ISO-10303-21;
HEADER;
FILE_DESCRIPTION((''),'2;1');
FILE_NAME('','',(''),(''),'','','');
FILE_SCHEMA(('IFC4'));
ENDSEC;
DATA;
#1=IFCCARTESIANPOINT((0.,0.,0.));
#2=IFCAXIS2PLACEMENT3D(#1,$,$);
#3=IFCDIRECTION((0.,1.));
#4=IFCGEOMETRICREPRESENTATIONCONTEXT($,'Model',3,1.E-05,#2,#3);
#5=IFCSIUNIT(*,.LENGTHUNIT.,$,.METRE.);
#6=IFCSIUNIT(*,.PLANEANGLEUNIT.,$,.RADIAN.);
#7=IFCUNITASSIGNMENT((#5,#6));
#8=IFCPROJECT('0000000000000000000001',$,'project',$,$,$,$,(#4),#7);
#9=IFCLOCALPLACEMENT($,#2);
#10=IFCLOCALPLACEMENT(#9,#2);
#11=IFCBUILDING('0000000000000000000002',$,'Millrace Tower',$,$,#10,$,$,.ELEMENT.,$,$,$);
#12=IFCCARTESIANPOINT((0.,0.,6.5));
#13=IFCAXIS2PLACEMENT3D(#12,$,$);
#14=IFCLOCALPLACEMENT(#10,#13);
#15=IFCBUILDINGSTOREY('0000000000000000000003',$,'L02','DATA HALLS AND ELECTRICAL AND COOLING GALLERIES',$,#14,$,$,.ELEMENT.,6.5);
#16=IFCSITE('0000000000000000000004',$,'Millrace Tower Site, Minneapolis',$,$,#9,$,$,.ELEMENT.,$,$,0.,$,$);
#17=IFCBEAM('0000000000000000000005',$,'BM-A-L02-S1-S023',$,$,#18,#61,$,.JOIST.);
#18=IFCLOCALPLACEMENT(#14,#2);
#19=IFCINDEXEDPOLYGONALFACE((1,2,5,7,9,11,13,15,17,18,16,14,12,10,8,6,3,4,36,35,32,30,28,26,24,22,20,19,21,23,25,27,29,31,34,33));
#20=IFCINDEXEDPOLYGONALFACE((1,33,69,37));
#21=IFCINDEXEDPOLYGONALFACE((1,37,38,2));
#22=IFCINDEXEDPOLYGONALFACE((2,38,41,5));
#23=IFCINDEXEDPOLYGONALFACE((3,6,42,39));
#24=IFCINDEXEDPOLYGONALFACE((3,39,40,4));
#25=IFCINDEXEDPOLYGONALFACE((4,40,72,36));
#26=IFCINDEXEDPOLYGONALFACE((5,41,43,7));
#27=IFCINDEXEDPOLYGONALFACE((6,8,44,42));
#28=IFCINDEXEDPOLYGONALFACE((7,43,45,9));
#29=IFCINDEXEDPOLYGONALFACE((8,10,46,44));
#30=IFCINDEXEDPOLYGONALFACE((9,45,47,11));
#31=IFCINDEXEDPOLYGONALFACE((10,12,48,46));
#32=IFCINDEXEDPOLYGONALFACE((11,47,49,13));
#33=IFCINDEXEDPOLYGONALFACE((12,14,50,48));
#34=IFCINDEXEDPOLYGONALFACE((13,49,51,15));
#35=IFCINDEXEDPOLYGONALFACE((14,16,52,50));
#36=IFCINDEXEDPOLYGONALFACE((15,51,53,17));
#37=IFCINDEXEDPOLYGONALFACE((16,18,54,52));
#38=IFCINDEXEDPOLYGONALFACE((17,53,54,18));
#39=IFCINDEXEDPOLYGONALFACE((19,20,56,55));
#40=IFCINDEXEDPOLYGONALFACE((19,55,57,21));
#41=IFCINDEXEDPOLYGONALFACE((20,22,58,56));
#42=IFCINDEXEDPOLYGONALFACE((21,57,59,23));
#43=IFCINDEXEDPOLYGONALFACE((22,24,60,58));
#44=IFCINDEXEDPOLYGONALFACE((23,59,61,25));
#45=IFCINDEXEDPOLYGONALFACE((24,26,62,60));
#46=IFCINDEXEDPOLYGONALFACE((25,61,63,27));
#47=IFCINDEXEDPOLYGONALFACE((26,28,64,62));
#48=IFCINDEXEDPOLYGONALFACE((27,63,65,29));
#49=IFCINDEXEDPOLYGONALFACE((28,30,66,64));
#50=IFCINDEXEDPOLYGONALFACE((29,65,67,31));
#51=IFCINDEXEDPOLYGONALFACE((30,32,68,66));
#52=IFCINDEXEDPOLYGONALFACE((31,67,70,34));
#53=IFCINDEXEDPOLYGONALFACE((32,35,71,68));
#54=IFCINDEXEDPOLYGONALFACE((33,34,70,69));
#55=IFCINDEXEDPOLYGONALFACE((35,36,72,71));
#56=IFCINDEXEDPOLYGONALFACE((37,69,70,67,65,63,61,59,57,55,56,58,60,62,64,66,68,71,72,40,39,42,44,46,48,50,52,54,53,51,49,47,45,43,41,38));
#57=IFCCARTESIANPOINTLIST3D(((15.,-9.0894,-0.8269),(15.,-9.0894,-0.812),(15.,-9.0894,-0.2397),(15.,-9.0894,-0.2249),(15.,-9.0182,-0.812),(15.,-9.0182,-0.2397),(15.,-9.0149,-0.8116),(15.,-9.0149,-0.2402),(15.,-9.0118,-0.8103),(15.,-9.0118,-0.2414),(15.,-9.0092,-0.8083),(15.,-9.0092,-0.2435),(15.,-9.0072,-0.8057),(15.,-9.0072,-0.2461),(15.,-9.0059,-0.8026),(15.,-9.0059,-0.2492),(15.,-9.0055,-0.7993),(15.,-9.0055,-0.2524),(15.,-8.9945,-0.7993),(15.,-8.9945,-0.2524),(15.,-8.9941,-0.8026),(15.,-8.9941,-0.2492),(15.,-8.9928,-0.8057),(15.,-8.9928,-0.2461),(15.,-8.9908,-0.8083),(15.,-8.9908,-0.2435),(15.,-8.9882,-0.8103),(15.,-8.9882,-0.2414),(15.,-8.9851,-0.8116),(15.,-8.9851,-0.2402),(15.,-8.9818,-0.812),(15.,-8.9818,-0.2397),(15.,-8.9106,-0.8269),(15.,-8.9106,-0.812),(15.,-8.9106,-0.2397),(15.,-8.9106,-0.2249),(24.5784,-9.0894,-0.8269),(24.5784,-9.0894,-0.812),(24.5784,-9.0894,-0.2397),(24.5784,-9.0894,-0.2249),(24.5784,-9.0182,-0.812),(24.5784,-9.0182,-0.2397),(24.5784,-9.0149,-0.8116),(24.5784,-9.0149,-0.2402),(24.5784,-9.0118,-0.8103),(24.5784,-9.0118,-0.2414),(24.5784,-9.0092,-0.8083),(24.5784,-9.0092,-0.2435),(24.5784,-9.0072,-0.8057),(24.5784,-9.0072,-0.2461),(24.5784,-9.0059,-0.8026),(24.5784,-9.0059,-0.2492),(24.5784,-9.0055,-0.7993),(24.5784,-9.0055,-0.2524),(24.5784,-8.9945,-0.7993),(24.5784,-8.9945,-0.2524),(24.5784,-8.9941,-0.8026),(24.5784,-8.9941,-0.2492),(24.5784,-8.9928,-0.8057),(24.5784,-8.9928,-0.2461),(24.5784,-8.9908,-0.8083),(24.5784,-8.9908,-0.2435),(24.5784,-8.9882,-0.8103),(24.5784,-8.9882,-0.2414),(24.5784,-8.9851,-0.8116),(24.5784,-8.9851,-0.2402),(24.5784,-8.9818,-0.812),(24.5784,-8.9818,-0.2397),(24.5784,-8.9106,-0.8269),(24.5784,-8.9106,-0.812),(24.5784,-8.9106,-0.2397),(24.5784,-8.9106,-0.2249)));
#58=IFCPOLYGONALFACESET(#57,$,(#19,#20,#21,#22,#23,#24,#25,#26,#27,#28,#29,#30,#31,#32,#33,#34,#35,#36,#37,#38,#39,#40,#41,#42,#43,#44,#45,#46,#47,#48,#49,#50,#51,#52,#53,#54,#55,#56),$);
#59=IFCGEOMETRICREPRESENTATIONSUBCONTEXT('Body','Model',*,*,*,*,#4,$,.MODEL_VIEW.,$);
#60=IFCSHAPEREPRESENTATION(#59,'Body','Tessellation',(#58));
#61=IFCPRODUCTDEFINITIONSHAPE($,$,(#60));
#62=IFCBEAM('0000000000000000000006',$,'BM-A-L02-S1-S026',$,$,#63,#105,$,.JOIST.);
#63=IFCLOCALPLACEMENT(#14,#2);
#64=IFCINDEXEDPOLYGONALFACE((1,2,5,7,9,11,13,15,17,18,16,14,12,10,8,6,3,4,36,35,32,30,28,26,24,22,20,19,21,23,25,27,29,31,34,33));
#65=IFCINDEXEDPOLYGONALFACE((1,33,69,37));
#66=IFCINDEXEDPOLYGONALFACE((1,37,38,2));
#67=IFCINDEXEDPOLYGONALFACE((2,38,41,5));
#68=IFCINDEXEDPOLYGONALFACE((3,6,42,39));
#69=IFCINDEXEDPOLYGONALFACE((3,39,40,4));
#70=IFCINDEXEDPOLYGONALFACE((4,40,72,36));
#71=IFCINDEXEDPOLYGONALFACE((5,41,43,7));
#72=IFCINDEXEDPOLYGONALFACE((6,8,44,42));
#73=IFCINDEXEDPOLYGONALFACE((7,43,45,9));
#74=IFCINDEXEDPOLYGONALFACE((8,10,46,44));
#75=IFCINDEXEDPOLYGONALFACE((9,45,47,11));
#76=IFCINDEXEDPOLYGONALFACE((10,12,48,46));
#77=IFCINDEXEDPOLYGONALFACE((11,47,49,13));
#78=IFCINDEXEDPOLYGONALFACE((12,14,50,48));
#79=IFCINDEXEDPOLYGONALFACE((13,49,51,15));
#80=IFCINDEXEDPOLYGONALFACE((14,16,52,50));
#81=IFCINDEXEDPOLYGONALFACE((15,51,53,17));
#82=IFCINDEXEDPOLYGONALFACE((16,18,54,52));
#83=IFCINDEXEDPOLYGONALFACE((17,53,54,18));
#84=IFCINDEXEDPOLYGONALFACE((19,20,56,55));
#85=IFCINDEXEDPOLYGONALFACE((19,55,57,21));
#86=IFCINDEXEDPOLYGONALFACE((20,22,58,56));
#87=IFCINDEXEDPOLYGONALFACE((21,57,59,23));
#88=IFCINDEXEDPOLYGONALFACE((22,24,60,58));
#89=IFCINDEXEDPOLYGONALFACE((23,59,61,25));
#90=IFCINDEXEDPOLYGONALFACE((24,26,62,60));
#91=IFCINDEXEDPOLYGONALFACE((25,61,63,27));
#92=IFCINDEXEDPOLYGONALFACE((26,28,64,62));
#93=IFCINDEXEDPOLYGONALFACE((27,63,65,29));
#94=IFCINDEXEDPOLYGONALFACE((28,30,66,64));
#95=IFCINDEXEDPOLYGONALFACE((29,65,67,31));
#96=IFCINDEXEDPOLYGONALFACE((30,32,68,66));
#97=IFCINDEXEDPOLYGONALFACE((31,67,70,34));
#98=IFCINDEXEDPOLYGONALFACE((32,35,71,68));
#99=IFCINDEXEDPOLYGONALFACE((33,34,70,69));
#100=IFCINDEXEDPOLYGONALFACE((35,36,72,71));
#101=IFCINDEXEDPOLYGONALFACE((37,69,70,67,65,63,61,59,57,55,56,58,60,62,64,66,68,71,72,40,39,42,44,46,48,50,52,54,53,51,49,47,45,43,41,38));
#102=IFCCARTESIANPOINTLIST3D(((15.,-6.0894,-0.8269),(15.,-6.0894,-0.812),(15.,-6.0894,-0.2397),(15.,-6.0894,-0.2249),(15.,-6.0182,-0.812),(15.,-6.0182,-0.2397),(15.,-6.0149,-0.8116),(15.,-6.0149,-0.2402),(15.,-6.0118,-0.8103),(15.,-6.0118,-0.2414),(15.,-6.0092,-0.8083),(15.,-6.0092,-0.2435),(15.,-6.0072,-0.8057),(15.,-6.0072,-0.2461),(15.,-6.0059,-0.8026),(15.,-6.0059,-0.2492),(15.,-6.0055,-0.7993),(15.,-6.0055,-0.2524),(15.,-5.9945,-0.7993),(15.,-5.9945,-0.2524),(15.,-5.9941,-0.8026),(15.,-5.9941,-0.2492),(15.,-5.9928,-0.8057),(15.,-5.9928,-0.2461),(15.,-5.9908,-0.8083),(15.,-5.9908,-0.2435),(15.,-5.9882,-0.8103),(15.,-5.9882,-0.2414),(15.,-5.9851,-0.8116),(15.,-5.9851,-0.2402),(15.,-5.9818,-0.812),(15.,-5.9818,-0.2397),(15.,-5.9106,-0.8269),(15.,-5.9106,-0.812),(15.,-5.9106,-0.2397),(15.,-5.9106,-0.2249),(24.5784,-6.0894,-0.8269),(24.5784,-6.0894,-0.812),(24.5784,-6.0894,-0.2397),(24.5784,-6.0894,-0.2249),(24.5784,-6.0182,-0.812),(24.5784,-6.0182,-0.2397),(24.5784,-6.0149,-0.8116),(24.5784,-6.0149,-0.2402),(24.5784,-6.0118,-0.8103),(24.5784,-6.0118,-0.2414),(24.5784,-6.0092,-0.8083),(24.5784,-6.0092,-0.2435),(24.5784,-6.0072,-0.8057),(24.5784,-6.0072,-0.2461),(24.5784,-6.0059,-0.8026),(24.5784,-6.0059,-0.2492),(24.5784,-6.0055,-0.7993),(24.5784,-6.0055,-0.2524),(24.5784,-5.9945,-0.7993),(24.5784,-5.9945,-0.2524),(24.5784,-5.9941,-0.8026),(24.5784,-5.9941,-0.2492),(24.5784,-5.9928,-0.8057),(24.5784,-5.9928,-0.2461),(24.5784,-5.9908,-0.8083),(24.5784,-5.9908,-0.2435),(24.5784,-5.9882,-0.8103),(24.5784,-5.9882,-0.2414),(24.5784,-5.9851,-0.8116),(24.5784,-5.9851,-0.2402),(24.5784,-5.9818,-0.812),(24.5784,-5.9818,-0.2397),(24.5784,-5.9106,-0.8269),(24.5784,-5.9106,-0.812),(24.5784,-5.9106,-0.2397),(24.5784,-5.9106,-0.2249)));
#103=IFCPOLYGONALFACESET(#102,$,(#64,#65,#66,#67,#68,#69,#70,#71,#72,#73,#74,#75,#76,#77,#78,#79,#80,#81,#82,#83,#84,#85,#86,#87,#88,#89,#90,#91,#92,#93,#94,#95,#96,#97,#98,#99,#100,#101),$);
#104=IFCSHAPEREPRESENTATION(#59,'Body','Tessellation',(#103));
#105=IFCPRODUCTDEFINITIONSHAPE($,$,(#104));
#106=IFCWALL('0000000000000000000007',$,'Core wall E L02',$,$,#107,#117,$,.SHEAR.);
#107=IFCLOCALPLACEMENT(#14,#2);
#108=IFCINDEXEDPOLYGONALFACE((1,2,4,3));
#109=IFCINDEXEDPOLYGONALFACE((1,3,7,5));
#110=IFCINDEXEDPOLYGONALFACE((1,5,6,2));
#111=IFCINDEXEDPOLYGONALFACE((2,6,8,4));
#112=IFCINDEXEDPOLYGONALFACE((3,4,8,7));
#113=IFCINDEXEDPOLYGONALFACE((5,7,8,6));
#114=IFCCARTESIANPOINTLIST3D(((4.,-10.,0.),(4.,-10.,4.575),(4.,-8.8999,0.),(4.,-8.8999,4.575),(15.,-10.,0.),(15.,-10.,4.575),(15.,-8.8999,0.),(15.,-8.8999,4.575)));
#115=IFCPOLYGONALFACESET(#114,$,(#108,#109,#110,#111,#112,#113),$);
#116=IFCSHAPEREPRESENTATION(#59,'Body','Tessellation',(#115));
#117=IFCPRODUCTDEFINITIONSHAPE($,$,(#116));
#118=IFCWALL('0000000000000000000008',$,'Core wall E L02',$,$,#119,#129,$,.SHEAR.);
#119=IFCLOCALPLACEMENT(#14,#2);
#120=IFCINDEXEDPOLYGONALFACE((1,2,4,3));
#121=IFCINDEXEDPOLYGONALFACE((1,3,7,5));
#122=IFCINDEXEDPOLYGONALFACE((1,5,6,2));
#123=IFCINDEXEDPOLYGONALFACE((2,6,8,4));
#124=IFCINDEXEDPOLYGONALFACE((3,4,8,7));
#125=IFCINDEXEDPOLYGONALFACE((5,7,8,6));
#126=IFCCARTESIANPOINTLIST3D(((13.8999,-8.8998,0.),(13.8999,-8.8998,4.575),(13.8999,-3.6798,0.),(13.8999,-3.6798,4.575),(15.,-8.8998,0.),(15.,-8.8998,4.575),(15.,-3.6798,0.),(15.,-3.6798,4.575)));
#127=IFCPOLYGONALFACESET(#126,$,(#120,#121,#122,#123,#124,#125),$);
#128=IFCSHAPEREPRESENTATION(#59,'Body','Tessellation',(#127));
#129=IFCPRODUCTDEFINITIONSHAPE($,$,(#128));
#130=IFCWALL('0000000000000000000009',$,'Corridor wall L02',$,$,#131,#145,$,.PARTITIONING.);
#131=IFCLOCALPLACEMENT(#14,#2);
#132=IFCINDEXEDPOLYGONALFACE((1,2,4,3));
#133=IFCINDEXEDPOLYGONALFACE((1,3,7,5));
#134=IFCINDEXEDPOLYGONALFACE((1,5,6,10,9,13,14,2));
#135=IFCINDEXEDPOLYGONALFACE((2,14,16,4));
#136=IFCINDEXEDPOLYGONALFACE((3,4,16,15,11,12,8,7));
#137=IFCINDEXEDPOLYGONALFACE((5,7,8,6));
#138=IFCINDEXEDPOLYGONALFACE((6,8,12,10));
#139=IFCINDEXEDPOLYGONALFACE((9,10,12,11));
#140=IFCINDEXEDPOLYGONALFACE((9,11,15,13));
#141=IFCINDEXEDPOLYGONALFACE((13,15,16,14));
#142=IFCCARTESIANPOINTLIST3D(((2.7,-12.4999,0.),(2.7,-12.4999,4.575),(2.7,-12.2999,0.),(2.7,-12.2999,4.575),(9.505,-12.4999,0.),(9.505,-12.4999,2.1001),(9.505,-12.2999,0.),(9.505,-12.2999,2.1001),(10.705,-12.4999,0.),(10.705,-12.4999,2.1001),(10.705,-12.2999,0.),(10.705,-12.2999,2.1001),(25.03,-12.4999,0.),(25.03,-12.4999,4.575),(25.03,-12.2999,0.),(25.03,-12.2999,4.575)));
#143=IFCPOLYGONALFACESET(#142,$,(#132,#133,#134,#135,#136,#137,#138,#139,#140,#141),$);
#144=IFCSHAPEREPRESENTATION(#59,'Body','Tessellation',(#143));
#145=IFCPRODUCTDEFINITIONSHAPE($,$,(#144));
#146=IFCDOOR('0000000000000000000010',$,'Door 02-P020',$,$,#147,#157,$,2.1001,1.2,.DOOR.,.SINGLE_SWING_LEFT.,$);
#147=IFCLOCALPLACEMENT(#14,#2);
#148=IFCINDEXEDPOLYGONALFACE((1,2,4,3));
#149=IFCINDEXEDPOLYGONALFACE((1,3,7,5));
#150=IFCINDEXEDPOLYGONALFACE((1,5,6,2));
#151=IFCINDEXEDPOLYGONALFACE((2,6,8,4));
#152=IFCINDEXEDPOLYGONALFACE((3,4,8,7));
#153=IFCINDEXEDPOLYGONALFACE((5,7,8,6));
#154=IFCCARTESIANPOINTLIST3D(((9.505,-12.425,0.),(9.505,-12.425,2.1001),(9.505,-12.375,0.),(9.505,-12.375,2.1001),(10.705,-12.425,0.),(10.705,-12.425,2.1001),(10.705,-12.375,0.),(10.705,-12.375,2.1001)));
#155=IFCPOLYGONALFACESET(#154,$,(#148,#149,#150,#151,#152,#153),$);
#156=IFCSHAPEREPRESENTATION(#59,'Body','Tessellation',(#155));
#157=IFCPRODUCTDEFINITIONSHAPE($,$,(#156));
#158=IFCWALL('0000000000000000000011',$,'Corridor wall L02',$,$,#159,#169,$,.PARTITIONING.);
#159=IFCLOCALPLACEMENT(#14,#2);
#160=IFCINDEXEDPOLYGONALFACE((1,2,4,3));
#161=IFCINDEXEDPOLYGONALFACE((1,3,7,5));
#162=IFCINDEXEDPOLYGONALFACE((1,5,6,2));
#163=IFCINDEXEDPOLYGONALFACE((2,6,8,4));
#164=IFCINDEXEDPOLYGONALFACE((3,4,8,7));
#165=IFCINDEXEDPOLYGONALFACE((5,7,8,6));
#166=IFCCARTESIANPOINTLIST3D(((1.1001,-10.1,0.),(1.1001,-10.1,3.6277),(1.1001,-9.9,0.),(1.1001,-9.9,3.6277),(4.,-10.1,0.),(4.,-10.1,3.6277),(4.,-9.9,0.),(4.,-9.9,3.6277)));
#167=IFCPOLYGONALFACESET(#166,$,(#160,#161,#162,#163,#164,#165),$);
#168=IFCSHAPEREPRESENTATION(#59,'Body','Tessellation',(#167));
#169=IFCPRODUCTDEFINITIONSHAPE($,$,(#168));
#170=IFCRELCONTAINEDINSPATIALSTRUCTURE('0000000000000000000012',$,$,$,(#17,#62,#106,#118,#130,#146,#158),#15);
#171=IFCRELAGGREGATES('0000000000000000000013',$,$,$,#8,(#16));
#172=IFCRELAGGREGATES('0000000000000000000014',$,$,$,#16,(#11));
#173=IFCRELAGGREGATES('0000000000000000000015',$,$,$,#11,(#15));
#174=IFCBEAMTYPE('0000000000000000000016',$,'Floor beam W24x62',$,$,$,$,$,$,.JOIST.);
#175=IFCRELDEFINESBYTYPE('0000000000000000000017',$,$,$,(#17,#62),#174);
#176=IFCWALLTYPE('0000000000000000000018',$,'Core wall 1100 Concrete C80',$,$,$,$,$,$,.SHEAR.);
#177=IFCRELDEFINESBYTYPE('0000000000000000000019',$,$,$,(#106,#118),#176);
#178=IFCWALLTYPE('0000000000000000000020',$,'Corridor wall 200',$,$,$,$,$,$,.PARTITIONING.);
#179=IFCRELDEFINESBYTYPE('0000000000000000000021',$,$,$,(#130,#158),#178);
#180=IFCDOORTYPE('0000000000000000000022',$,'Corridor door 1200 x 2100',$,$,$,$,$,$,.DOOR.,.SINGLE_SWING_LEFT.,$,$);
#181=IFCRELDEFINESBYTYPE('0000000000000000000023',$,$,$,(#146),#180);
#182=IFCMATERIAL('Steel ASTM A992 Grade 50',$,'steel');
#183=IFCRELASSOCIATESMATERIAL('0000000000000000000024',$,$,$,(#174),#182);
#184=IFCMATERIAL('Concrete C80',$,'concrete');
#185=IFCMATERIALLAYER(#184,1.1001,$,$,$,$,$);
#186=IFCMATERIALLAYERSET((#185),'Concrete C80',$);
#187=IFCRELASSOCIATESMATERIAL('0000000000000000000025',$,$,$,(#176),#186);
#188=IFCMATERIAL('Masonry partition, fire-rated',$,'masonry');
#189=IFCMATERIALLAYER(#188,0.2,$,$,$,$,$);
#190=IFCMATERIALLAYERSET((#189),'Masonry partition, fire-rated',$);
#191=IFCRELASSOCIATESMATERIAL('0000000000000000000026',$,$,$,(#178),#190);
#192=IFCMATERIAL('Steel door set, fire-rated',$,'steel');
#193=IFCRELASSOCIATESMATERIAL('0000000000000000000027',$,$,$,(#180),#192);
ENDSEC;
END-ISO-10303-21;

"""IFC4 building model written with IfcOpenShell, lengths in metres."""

from ifc_helpers import new_model, si_unit, direction, frame, frame_2d, origin, origin_2d, place, context, subcontext, project, spatial, rectangle, i_section, extrude, material, layer, layer_set, material_profile, profile_set, type_object, element, fill, save


model = new_model("IFC4")

# Units and contexts
model_context = context("Model", 3, precision=1e-05, world=origin(), true_north=direction((0.0, 1.0)))
body_context = subcontext(model_context, "Body", "Model", "MODEL_VIEW")
ifc_project = project(units=[si_unit("LENGTHUNIT", "METRE"), si_unit("PLANEANGLEUNIT", "RADIAN")], contexts=[model_context])

# Site, building, storey
site_placement = place(None, origin())
site = spatial("IfcSite", under=ifc_project, at=site_placement, Name="Millrace Tower Site, Minneapolis", CompositionType="ELEMENT", RefElevation=0.0)
building_placement = place(site_placement, origin())
building = spatial("IfcBuilding", under=site, at=building_placement, Name="Millrace Tower", CompositionType="ELEMENT")
storey_placement = place(building_placement, frame((0.0, 0.0, 6.5)))
storey = spatial("IfcBuildingStorey", under=building, at=storey_placement, Name="L02", Description="DATA HALLS AND ELECTRICAL AND COOLING GALLERIES", CompositionType="ELEMENT", Elevation=6.5)

# Beams
ifc_material_1 = material(Name="Steel ASTM A992 Grade 50", Category="steel")
ifc_material_profile_1 = material_profile(ifc_material_1, i_section(OverallWidth=0.1787, OverallDepth=0.6021, WebThickness=0.011, FlangeThickness=0.0149, FilletRadius=0.0127, at=origin_2d()))
ifc_profile_set_1 = profile_set([ifc_material_profile_1], Name="Steel ASTM A992 Grade 50")
beam_type_1 = type_object("IfcBeamType", Name="Floor beam W24x62", PredefinedType="JOIST", material=ifc_profile_set_1)
for number, where, z_axis, x_axis, name in (
    (1, (15.0, -9.0, -0.5259), (1.0, 0.0, 0.0), (0.0, 1.0, 0.0), "BM-A-L02-S1-S023"),
    (2, (15.0, -6.0, -0.5259), (1.0, 0.0, 0.0), (0.0, 1.0, 0.0), "BM-A-L02-S1-S026"),
):
    element("IfcBeam", number, at=place(storey_placement, frame(where, z_axis=z_axis, x_axis=x_axis)), inside=storey, type_object=beam_type_1, Name=name, PredefinedType="JOIST", context=body_context, shape_type="SweptSolid", body=[
        extrude(i_section(OverallWidth=0.1787, OverallDepth=0.6021, WebThickness=0.011, FlangeThickness=0.0149, FilletRadius=0.0127, at=origin_2d()), origin(), (0.0, 0.0, 1.0), 9.5784),
    ])

# Walls
ifc_material_2 = material(Name="Concrete C80", Category="concrete")
ifc_layer_1 = layer(ifc_material_2, 1.1001)
ifc_layer_set_1 = layer_set([ifc_layer_1], Name="Concrete C80")
wall_type_1 = type_object("IfcWallType", Name="Core wall 1100 Concrete C80", PredefinedType="SHEAR", material=ifc_layer_set_1)
wall_1_placement = place(storey_placement, frame((15.0, -9.45, 0.0), z_axis=(0.0, 0.0, 1.0), x_axis=(-1.0, 0.0, 0.0)))
element("IfcWall", 3, at=wall_1_placement, inside=storey, type_object=wall_type_1, Name="Core wall E L02", PredefinedType="SHEAR", context=body_context, shape_type="SweptSolid", body=[
    extrude(rectangle(XDim=11.0, YDim=1.1001, at=frame_2d((5.5, 0.0))), origin(), (0.0, 0.0, 1.0), 4.575),
])
wall_2_placement = place(storey_placement, frame((14.45, -3.6799, 0.0), z_axis=(0.0, 0.0, 1.0), x_axis=(0.0, -1.0, 0.0)))
element("IfcWall", 4, at=wall_2_placement, inside=storey, type_object=wall_type_1, Name="Core wall E L02", PredefinedType="SHEAR", context=body_context, shape_type="SweptSolid", body=[
    extrude(rectangle(XDim=5.22, YDim=1.1001, at=frame_2d((2.6099, 0.0))), origin(), (0.0, 0.0, 1.0), 4.575),
])

# Wall, opening, door
ifc_material_3 = material(Name="Masonry partition, fire-rated", Category="masonry")
ifc_layer_2 = layer(ifc_material_3, 0.2)
ifc_layer_set_2 = layer_set([ifc_layer_2], Name="Masonry partition, fire-rated")
wall_type_2 = type_object("IfcWallType", Name="Corridor wall 200", PredefinedType="PARTITIONING", material=ifc_layer_set_2)
wall_3_placement = place(storey_placement, frame((2.7, -12.3999, 0.0), z_axis=(0.0, 0.0, 1.0), x_axis=(1.0, 0.0, 0.0)))
wall_3 = element("IfcWall", 5, at=wall_3_placement, inside=storey, type_object=wall_type_2, Name="Corridor wall L02", PredefinedType="PARTITIONING", context=body_context, shape_type="SweptSolid", body=[
    extrude(rectangle(XDim=22.3301, YDim=0.2, at=frame_2d((11.165, 0.0))), origin(), (0.0, 0.0, 1.0), 4.575),
])
opening_1_placement = place(wall_3_placement, frame((6.8049, 0.0, 0.0)))
opening_1 = element("IfcOpeningElement", 6, at=opening_1_placement, cuts=wall_3, PredefinedType="OPENING", context=body_context, shape_type="SweptSolid", body=[
    extrude(rectangle(XDim=1.2, YDim=2.1001, at=frame_2d((0.6001, 1.05))), frame((0.0, 0.1099, 0.0), z_axis=(0.0, -1.0, 0.0), x_axis=(1.0, 0.0, 0.0)), (0.0, 0.0, 1.0), 0.22),
])
ifc_material_4 = material(Name="Steel door set, fire-rated", Category="steel")
door_type_1 = type_object("IfcDoorType", Name="Corridor door 1200 x 2100", OperationType="SINGLE_SWING_LEFT", PredefinedType="DOOR", material=ifc_material_4)
door_1_placement = place(opening_1_placement, origin())
door_1 = element("IfcDoor", 7, at=door_1_placement, inside=storey, type_object=door_type_1, Name="Door 02-P020", OperationType="SINGLE_SWING_LEFT", OverallHeight=2.1001, OverallWidth=1.2, PredefinedType="DOOR", context=body_context, shape_type="SweptSolid", body=[
    extrude(rectangle(XDim=1.2, YDim=2.1001, at=frame_2d((0.6001, 1.05))), frame((0.0, 0.0249, 0.0), z_axis=(0.0, -1.0, 0.0), x_axis=(1.0, 0.0, 0.0)), (0.0, 0.0, 1.0), 0.05),
])
fill(opening_1, door_1)

# Wall
wall_4_placement = place(storey_placement, frame((1.1001, -10.0, 0.0), z_axis=(0.0, 0.0, 1.0), x_axis=(1.0, 0.0, 0.0)))
element("IfcWall", 8, at=wall_4_placement, inside=storey, type_object=wall_type_2, Name="Corridor wall L02", PredefinedType="PARTITIONING", context=body_context, shape_type="SweptSolid", body=[
    extrude(rectangle(XDim=2.8999, YDim=0.2, at=frame_2d((1.45, 0.0))), origin(), (0.0, 0.0, 1.0), 3.6277),
])

save(model, "model.ifc")
